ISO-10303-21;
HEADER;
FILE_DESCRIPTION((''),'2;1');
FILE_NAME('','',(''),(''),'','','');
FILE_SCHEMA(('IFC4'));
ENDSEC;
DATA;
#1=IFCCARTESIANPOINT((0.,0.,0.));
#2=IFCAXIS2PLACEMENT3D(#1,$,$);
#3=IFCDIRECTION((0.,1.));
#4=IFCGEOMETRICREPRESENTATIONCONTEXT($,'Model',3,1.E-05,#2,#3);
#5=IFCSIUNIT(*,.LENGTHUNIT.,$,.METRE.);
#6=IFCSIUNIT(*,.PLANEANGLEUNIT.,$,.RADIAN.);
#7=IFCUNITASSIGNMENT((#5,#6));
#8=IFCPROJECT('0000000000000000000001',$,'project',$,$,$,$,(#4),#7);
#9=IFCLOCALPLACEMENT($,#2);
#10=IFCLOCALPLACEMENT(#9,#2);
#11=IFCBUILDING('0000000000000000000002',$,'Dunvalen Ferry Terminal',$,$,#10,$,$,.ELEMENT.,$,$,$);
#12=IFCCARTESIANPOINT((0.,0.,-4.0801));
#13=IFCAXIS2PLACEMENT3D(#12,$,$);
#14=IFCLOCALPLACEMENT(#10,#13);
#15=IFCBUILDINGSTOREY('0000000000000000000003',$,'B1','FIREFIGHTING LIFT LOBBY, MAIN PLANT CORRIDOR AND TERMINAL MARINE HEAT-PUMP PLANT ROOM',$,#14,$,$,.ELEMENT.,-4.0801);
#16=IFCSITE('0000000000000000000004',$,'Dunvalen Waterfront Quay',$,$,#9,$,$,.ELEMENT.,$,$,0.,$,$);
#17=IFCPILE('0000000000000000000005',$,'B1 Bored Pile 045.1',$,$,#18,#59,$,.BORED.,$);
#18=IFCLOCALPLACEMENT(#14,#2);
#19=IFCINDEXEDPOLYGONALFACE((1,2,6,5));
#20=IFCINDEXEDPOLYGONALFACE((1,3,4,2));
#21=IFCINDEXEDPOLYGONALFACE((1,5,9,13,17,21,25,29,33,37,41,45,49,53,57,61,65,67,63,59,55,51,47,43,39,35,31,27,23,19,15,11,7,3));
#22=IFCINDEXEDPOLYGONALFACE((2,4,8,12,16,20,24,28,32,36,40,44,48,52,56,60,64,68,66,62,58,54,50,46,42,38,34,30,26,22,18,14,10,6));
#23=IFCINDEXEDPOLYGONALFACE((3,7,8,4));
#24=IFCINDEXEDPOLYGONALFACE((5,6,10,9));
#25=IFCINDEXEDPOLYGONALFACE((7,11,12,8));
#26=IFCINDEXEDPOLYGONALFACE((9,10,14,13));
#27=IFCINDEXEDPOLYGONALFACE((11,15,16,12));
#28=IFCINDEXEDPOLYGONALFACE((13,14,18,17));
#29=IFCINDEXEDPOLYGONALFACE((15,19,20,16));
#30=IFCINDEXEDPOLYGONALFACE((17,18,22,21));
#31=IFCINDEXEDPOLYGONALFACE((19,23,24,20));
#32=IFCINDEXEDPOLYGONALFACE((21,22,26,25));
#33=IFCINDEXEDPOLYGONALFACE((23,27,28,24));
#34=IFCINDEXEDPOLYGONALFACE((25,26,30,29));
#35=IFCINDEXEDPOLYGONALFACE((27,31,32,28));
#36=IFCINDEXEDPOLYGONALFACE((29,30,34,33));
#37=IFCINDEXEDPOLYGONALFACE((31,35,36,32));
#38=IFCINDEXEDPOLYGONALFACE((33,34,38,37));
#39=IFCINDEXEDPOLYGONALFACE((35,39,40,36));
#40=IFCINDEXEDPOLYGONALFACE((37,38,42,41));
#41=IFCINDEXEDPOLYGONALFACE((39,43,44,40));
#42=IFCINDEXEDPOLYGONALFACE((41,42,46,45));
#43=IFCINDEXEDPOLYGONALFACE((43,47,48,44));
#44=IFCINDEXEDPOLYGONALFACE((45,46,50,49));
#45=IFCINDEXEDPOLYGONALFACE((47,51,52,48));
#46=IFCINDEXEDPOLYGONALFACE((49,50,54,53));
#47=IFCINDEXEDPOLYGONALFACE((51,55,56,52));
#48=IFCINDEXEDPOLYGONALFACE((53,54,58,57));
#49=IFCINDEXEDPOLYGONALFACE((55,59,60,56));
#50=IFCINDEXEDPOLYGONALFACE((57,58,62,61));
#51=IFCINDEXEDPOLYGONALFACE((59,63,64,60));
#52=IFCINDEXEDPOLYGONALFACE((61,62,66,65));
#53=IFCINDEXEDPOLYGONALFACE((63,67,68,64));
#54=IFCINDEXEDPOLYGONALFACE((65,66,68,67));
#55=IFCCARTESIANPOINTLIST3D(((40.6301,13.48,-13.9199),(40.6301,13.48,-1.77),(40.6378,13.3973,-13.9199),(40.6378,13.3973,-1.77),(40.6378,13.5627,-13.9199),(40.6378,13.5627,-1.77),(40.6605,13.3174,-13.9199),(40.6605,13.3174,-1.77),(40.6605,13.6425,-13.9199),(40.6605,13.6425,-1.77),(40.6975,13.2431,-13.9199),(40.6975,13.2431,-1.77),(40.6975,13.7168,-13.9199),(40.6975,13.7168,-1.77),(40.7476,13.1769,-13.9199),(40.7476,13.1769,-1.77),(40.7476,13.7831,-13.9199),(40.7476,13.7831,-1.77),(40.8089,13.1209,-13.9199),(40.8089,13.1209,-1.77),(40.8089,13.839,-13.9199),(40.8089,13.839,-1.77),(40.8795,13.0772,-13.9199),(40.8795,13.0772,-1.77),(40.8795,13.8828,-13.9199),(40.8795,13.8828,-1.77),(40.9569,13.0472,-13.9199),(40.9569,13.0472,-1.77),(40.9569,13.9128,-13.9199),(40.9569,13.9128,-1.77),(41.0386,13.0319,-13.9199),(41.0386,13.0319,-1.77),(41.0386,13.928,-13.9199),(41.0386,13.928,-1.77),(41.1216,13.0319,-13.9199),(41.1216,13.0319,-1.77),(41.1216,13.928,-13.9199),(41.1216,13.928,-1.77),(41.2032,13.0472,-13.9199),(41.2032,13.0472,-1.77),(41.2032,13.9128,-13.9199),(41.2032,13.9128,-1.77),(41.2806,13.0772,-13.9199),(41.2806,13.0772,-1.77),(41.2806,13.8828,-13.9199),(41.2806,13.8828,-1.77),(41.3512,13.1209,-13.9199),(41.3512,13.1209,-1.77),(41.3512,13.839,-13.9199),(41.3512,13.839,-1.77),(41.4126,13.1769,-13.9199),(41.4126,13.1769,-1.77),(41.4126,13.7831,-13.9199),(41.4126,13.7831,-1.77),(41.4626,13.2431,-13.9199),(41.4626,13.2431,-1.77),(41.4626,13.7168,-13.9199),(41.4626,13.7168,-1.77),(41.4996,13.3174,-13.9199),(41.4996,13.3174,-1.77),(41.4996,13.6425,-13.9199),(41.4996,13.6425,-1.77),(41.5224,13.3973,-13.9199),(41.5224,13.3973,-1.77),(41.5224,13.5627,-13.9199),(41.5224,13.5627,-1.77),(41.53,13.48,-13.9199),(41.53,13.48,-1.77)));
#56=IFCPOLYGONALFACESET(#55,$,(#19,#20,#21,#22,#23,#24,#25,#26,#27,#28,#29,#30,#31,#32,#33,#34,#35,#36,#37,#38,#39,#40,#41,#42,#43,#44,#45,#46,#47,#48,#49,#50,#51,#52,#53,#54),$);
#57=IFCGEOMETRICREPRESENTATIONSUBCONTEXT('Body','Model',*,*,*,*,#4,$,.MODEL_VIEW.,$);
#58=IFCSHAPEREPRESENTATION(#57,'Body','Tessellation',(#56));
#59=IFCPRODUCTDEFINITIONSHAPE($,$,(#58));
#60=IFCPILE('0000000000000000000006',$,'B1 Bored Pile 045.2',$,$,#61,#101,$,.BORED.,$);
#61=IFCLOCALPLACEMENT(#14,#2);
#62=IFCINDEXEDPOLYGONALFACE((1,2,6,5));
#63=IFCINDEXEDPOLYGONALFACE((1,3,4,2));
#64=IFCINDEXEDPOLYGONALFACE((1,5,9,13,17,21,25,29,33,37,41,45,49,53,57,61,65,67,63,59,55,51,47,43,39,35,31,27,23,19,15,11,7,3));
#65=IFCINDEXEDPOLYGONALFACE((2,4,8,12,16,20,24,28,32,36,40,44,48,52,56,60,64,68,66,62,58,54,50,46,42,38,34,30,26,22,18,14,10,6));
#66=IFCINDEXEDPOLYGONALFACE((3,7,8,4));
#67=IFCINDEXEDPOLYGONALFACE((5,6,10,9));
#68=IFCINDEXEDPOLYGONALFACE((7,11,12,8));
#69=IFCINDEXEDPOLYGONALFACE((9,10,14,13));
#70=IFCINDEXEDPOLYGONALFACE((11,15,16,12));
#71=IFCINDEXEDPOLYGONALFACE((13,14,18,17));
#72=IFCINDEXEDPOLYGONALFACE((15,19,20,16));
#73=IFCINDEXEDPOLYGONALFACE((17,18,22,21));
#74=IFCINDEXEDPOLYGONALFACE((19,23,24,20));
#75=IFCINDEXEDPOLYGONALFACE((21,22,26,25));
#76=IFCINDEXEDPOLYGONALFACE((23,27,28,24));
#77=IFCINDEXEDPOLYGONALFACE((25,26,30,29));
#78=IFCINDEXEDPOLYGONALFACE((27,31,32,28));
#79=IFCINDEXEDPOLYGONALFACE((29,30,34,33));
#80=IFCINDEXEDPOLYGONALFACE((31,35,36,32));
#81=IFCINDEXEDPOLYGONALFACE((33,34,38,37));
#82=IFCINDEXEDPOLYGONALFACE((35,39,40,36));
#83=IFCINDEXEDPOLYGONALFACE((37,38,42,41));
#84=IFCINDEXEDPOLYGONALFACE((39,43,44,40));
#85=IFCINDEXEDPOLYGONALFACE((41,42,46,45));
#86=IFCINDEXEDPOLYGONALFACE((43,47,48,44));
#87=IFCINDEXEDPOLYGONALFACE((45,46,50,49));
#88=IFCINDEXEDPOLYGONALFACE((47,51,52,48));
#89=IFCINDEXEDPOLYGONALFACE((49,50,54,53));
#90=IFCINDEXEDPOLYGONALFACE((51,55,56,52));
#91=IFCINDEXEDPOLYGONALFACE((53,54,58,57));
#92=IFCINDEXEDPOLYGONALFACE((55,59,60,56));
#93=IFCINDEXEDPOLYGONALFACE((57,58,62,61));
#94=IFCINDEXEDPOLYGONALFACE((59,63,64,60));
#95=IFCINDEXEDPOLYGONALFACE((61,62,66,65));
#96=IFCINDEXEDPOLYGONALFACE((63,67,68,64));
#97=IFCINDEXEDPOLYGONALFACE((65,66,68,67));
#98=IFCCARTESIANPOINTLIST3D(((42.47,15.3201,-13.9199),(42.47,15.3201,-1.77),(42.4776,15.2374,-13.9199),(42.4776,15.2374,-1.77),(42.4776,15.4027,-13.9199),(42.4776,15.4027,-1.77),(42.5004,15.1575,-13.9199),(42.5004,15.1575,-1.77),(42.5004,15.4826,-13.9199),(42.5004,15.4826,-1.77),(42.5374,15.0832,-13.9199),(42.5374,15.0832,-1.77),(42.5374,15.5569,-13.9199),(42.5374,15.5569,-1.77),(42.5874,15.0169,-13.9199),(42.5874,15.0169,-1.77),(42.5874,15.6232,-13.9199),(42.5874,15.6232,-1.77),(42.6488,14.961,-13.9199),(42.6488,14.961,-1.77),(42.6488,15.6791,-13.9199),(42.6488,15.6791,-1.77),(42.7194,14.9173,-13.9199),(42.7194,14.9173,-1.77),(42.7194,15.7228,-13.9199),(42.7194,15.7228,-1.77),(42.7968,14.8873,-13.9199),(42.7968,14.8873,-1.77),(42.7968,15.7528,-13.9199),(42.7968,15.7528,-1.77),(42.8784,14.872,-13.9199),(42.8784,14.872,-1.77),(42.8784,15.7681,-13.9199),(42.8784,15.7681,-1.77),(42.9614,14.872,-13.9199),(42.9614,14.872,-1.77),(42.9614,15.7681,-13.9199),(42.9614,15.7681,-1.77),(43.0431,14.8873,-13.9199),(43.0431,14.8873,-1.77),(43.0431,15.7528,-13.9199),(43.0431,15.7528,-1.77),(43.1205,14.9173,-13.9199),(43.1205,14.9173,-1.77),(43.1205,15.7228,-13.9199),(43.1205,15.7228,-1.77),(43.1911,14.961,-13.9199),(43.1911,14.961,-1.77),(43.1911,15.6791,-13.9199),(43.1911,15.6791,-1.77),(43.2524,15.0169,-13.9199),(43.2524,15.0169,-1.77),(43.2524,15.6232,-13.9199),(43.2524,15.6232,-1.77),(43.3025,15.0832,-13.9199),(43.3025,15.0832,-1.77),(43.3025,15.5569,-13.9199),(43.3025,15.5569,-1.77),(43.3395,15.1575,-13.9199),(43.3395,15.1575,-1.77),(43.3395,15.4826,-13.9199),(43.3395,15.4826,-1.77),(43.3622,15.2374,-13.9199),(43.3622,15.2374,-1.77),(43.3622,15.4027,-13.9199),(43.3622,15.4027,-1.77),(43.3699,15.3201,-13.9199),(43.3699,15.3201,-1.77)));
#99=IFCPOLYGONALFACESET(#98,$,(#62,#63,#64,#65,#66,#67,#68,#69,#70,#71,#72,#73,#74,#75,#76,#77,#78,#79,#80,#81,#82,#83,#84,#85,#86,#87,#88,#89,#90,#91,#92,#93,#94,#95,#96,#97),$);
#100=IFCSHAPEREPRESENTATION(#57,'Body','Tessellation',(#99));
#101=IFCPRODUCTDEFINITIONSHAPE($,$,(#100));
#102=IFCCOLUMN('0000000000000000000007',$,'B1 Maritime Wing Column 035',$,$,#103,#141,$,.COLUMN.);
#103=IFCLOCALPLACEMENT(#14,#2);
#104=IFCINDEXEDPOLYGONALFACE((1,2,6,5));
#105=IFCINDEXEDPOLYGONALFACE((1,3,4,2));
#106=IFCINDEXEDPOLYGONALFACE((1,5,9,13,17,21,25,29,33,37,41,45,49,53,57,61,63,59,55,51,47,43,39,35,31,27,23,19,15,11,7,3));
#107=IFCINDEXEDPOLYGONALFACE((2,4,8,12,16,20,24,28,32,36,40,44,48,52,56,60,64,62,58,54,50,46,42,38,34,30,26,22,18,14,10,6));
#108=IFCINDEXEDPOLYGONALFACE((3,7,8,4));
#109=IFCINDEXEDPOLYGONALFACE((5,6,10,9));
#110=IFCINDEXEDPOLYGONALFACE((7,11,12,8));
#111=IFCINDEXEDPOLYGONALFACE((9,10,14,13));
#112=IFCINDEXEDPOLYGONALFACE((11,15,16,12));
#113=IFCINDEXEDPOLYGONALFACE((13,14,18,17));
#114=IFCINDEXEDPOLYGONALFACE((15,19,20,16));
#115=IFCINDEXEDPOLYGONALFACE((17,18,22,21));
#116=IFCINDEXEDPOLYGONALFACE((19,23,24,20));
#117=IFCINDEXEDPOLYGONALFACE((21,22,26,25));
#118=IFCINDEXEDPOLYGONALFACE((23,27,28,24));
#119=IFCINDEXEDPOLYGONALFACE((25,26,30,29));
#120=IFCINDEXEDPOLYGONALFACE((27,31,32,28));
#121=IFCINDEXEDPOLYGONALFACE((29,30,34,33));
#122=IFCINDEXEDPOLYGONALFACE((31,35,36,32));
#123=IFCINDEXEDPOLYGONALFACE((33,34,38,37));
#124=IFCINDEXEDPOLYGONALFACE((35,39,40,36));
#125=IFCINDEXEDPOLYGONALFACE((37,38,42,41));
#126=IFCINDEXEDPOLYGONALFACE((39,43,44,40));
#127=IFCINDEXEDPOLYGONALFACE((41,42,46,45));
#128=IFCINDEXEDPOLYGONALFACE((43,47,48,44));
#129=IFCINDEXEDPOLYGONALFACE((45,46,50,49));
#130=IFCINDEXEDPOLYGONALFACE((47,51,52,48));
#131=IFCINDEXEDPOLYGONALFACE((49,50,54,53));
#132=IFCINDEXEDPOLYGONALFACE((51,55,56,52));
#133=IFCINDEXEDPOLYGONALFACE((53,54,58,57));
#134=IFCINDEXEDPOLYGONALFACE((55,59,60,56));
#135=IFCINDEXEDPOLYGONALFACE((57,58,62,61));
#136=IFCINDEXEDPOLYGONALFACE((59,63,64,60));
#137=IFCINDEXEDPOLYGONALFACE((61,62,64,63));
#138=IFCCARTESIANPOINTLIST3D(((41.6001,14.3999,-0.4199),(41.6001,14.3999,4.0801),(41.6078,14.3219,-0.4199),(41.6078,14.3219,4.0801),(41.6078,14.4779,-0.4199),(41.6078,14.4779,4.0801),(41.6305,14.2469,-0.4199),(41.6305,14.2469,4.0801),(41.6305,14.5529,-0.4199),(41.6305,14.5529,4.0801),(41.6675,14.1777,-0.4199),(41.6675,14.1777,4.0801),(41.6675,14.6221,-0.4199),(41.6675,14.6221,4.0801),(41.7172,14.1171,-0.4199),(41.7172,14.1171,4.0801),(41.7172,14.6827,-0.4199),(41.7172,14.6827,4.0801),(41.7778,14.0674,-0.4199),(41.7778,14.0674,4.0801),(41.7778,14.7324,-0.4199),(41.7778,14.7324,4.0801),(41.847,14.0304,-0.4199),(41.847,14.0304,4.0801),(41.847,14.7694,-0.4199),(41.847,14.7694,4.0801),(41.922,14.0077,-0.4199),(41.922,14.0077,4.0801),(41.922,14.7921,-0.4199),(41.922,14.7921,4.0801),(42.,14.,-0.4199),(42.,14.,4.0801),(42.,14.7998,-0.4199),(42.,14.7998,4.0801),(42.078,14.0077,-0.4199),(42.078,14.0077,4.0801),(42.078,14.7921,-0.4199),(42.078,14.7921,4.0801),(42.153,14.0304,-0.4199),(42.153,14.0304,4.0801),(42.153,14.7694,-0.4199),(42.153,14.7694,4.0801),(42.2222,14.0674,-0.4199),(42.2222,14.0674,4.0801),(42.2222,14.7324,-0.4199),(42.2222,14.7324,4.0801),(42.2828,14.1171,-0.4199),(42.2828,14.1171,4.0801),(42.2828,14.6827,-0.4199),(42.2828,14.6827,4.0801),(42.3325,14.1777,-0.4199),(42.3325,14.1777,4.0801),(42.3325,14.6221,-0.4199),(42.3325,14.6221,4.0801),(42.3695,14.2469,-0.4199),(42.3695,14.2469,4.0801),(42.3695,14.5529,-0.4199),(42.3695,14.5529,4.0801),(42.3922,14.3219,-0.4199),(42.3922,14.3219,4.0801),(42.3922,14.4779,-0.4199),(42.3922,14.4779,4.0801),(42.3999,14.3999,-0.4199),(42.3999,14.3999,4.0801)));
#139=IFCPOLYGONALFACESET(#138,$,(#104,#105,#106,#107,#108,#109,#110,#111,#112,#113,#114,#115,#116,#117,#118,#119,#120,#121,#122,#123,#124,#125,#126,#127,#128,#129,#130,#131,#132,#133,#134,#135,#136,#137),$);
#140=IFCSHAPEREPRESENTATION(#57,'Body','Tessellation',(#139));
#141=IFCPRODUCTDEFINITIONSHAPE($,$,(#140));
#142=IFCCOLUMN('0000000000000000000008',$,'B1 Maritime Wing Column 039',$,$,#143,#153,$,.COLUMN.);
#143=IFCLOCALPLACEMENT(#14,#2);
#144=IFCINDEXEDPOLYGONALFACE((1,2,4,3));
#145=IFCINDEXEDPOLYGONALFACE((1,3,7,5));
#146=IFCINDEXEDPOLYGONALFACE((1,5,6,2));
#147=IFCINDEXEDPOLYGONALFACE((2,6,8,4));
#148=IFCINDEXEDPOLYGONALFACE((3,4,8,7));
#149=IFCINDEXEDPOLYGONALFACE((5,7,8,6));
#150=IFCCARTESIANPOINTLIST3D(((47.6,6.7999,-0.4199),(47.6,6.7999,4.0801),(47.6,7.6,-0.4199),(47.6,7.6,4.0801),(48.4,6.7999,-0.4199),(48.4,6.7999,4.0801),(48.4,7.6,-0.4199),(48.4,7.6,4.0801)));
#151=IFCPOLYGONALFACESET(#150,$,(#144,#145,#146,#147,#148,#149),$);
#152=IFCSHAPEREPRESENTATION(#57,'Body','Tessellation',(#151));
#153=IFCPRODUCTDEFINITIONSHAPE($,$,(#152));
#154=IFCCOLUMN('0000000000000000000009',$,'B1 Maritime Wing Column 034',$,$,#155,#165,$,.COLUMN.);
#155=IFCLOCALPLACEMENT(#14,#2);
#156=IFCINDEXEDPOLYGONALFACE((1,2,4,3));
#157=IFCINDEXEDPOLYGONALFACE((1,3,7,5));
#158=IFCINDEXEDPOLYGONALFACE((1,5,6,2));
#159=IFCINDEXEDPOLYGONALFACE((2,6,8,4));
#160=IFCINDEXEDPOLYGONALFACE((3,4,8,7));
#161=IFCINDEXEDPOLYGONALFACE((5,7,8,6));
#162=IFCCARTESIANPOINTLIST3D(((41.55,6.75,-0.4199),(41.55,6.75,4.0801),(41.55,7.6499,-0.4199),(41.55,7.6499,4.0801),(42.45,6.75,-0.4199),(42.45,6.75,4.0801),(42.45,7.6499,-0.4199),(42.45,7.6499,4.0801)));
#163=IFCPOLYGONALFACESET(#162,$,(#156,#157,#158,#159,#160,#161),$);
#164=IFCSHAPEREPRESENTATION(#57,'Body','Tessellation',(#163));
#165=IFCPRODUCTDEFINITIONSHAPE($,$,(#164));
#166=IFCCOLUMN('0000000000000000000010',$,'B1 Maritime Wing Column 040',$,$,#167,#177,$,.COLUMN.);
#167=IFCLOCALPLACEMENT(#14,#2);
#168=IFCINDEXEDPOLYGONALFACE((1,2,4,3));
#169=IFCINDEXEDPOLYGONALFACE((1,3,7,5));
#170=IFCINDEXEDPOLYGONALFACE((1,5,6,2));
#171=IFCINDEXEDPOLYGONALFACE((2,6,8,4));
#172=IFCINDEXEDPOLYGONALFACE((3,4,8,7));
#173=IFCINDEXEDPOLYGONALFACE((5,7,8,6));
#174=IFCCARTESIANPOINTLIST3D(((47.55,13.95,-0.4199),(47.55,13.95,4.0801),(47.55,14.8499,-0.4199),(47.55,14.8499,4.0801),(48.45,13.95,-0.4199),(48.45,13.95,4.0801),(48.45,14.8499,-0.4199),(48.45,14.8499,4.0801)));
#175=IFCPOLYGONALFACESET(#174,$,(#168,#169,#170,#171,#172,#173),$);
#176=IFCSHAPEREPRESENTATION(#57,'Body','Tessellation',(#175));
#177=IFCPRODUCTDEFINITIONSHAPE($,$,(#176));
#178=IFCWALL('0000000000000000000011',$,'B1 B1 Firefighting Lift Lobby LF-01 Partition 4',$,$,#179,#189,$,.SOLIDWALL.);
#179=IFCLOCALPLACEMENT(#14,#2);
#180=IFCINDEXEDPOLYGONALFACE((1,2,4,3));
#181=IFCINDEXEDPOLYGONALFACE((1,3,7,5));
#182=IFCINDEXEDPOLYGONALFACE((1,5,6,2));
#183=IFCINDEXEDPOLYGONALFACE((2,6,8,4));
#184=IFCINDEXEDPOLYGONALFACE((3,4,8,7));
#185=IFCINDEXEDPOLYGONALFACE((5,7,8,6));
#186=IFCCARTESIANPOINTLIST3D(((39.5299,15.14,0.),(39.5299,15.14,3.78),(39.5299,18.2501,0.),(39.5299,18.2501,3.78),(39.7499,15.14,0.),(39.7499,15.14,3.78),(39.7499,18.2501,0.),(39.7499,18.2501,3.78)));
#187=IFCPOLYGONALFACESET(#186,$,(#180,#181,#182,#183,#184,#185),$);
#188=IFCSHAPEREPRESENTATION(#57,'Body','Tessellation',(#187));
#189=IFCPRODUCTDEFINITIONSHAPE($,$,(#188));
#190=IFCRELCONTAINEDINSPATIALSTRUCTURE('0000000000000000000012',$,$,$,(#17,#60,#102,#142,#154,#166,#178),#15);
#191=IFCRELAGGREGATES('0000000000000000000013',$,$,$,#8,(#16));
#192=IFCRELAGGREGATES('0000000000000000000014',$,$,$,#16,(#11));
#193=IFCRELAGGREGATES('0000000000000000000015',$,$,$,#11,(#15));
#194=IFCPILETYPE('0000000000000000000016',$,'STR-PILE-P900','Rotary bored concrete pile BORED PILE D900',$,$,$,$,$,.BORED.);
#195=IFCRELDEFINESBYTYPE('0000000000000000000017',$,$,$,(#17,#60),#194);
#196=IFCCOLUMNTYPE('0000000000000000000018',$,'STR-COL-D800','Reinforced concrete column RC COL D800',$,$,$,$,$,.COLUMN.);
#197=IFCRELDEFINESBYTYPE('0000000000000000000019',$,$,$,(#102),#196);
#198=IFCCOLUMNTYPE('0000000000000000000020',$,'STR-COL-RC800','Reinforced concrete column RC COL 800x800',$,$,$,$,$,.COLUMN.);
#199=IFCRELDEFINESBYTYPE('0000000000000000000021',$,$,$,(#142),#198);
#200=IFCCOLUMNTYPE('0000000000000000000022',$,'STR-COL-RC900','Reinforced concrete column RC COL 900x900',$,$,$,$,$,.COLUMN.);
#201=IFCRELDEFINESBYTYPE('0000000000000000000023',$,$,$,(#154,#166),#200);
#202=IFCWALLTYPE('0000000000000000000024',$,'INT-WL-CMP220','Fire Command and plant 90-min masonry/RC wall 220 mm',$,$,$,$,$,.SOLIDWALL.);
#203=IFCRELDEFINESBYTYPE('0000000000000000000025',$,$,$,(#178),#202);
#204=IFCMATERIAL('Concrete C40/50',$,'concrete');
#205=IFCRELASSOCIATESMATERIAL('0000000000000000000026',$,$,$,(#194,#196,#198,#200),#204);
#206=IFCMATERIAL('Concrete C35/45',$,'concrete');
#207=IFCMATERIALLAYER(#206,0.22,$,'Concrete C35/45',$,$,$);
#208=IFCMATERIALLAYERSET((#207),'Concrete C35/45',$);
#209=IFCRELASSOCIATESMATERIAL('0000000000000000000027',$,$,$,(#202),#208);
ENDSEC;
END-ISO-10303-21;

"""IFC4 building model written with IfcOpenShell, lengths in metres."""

from ifc_helpers import new_model, si_unit, direction, frame, frame_2d, origin, origin_2d, place, context, subcontext, project, spatial, rectangle, circle, extrude, material, layer, layer_set, material_profile, profile_set, type_object, element, save


model = new_model("IFC4")

# Units and contexts
model_context = context("Model", 3, precision=1e-05, world=origin(), true_north=direction((0.0, 1.0)))
body_context = subcontext(model_context, "Body", "Model", "MODEL_VIEW")
ifc_project = project(units=[si_unit("LENGTHUNIT", "METRE"), si_unit("PLANEANGLEUNIT", "RADIAN")], contexts=[model_context])

# Site, building, storey
site_placement = place(None, origin())
site = spatial("IfcSite", under=ifc_project, at=site_placement, Name="Dunvalen Waterfront Quay", CompositionType="ELEMENT", RefElevation=0.0)
building_placement = place(site_placement, origin())
building = spatial("IfcBuilding", under=site, at=building_placement, Name="Dunvalen Ferry Terminal", CompositionType="ELEMENT")
storey_placement = place(building_placement, frame((0.0, 0.0, -4.0801)))
storey = spatial("IfcBuildingStorey", under=building, at=storey_placement, Name="B1", Description="FIREFIGHTING LIFT LOBBY, MAIN PLANT CORRIDOR AND TERMINAL MARINE HEAT-PUMP PLANT ROOM", CompositionType="ELEMENT", Elevation=-4.0801)

# Shared definitions
ifc_material_1 = material(Name="Concrete C40/50", Category="concrete")

# Piles
ifc_material_profile_1 = material_profile(ifc_material_1, circle(Radius=0.45, at=origin_2d()), Name="Concrete C40/50")
ifc_profile_set_1 = profile_set([ifc_material_profile_1], Name="Concrete C40/50")
pile_type_1 = type_object("IfcPileType", Name="STR-PILE-P900", Description="Rotary bored concrete pile BORED PILE D900", PredefinedType="BORED", material=ifc_profile_set_1)
for number, where, z_axis, x_axis, name in (
    (1, (41.0801, 13.48, -1.77), (0.0, 0.0, -1.0), (1.0, 0.0, 0.0), "B1 Bored Pile 045.1"),
    (2, (42.9199, 15.3201, -1.77), (0.0, 0.0, -1.0), (1.0, 0.0, 0.0), "B1 Bored Pile 045.2"),
):
    element("IfcPile", number, at=place(storey_placement, frame(where, z_axis=z_axis, x_axis=x_axis)), inside=storey, type_object=pile_type_1, Name=name, PredefinedType="BORED", context=body_context, shape_type="SweptSolid", body=[
        extrude(circle(Radius=0.45, at=origin_2d()), origin(), (0.0, 0.0, 1.0), 12.1499),
    ])

# Columns
ifc_material_profile_2 = material_profile(ifc_material_1, circle(Radius=0.3999, at=origin_2d()), Name="Concrete C40/50")
ifc_profile_set_2 = profile_set([ifc_material_profile_2], Name="Concrete C40/50")
column_type_1 = type_object("IfcColumnType", Name="STR-COL-D800", Description="Reinforced concrete column RC COL D800", PredefinedType="COLUMN", material=ifc_profile_set_2)
column_1_placement = place(storey_placement, frame((42.0, 14.3999, -0.4199), z_axis=(0.0, 0.0, 1.0), x_axis=(1.0, 0.0, 0.0)))
element("IfcColumn", 3, at=column_1_placement, inside=storey, type_object=column_type_1, Name="B1 Maritime Wing Column 035", PredefinedType="COLUMN", context=body_context, shape_type="SweptSolid", body=[
    extrude(circle(Radius=0.3999, at=origin_2d()), origin(), (0.0, 0.0, 1.0), 4.5),
])
ifc_material_profile_3 = material_profile(ifc_material_1, rectangle(XDim=0.8, YDim=0.8, at=origin_2d()), Name="Concrete C40/50")
ifc_profile_set_3 = profile_set([ifc_material_profile_3], Name="Concrete C40/50")
column_type_2 = type_object("IfcColumnType", Name="STR-COL-RC800", Description="Reinforced concrete column RC COL 800x800", PredefinedType="COLUMN", material=ifc_profile_set_3)
column_2_placement = place(storey_placement, frame((48.0, 7.2, -0.4199), z_axis=(0.0, 0.0, 1.0), x_axis=(1.0, 0.0, 0.0)))
element("IfcColumn", 4, at=column_2_placement, inside=storey, type_object=column_type_2, Name="B1 Maritime Wing Column 039", PredefinedType="COLUMN", context=body_context, shape_type="SweptSolid", body=[
    extrude(rectangle(XDim=0.8, YDim=0.8, at=origin_2d()), origin(), (0.0, 0.0, 1.0), 4.5),
])
ifc_material_profile_4 = material_profile(ifc_material_1, rectangle(XDim=0.8999, YDim=0.8999, at=origin_2d()), Name="Concrete C40/50")
ifc_profile_set_4 = profile_set([ifc_material_profile_4], Name="Concrete C40/50")
column_type_3 = type_object("IfcColumnType", Name="STR-COL-RC900", Description="Reinforced concrete column RC COL 900x900", PredefinedType="COLUMN", material=ifc_profile_set_4)
for number, where, z_axis, x_axis, name in (
    (5, (42.0, 7.2, -0.4199), (0.0, 0.0, 1.0), (1.0, 0.0, 0.0), "B1 Maritime Wing Column 034"),
    (6, (48.0, 14.3999, -0.4199), (0.0, 0.0, 1.0), (1.0, 0.0, 0.0), "B1 Maritime Wing Column 040"),
):
    element("IfcColumn", number, at=place(storey_placement, frame(where, z_axis=z_axis, x_axis=x_axis)), inside=storey, type_object=column_type_3, Name=name, PredefinedType="COLUMN", context=body_context, shape_type="SweptSolid", body=[
        extrude(rectangle(XDim=0.8999, YDim=0.8999, at=origin_2d()), origin(), (0.0, 0.0, 1.0), 4.5),
    ])

# Wall
ifc_material_2 = material(Name="Concrete C35/45", Category="concrete")
ifc_layer = layer(ifc_material_2, 0.22, Name="Concrete C35/45")
ifc_layer_set = layer_set([ifc_layer], Name="Concrete C35/45")
wall_type = type_object("IfcWallType", Name="INT-WL-CMP220", Description="Fire Command and plant 90-min masonry/RC wall 220 mm", PredefinedType="SOLIDWALL", material=ifc_layer_set)
wall_placement = place(storey_placement, frame((39.6399, 15.1399, 0.0), z_axis=(0.0, 0.0, 1.0), x_axis=(0.0, 1.0, 0.0)))
element("IfcWall", 7, at=wall_placement, inside=storey, type_object=wall_type, Name="B1 B1 Firefighting Lift Lobby LF-01 Partition 4", PredefinedType="SOLIDWALL", context=body_context, shape_type="SweptSolid", body=[
    extrude(rectangle(XDim=3.1101, YDim=0.22, at=frame_2d((1.5552, 0.0))), origin(), (0.0, 0.0, 1.0), 3.78),
])

save(model, "model.ifc")
